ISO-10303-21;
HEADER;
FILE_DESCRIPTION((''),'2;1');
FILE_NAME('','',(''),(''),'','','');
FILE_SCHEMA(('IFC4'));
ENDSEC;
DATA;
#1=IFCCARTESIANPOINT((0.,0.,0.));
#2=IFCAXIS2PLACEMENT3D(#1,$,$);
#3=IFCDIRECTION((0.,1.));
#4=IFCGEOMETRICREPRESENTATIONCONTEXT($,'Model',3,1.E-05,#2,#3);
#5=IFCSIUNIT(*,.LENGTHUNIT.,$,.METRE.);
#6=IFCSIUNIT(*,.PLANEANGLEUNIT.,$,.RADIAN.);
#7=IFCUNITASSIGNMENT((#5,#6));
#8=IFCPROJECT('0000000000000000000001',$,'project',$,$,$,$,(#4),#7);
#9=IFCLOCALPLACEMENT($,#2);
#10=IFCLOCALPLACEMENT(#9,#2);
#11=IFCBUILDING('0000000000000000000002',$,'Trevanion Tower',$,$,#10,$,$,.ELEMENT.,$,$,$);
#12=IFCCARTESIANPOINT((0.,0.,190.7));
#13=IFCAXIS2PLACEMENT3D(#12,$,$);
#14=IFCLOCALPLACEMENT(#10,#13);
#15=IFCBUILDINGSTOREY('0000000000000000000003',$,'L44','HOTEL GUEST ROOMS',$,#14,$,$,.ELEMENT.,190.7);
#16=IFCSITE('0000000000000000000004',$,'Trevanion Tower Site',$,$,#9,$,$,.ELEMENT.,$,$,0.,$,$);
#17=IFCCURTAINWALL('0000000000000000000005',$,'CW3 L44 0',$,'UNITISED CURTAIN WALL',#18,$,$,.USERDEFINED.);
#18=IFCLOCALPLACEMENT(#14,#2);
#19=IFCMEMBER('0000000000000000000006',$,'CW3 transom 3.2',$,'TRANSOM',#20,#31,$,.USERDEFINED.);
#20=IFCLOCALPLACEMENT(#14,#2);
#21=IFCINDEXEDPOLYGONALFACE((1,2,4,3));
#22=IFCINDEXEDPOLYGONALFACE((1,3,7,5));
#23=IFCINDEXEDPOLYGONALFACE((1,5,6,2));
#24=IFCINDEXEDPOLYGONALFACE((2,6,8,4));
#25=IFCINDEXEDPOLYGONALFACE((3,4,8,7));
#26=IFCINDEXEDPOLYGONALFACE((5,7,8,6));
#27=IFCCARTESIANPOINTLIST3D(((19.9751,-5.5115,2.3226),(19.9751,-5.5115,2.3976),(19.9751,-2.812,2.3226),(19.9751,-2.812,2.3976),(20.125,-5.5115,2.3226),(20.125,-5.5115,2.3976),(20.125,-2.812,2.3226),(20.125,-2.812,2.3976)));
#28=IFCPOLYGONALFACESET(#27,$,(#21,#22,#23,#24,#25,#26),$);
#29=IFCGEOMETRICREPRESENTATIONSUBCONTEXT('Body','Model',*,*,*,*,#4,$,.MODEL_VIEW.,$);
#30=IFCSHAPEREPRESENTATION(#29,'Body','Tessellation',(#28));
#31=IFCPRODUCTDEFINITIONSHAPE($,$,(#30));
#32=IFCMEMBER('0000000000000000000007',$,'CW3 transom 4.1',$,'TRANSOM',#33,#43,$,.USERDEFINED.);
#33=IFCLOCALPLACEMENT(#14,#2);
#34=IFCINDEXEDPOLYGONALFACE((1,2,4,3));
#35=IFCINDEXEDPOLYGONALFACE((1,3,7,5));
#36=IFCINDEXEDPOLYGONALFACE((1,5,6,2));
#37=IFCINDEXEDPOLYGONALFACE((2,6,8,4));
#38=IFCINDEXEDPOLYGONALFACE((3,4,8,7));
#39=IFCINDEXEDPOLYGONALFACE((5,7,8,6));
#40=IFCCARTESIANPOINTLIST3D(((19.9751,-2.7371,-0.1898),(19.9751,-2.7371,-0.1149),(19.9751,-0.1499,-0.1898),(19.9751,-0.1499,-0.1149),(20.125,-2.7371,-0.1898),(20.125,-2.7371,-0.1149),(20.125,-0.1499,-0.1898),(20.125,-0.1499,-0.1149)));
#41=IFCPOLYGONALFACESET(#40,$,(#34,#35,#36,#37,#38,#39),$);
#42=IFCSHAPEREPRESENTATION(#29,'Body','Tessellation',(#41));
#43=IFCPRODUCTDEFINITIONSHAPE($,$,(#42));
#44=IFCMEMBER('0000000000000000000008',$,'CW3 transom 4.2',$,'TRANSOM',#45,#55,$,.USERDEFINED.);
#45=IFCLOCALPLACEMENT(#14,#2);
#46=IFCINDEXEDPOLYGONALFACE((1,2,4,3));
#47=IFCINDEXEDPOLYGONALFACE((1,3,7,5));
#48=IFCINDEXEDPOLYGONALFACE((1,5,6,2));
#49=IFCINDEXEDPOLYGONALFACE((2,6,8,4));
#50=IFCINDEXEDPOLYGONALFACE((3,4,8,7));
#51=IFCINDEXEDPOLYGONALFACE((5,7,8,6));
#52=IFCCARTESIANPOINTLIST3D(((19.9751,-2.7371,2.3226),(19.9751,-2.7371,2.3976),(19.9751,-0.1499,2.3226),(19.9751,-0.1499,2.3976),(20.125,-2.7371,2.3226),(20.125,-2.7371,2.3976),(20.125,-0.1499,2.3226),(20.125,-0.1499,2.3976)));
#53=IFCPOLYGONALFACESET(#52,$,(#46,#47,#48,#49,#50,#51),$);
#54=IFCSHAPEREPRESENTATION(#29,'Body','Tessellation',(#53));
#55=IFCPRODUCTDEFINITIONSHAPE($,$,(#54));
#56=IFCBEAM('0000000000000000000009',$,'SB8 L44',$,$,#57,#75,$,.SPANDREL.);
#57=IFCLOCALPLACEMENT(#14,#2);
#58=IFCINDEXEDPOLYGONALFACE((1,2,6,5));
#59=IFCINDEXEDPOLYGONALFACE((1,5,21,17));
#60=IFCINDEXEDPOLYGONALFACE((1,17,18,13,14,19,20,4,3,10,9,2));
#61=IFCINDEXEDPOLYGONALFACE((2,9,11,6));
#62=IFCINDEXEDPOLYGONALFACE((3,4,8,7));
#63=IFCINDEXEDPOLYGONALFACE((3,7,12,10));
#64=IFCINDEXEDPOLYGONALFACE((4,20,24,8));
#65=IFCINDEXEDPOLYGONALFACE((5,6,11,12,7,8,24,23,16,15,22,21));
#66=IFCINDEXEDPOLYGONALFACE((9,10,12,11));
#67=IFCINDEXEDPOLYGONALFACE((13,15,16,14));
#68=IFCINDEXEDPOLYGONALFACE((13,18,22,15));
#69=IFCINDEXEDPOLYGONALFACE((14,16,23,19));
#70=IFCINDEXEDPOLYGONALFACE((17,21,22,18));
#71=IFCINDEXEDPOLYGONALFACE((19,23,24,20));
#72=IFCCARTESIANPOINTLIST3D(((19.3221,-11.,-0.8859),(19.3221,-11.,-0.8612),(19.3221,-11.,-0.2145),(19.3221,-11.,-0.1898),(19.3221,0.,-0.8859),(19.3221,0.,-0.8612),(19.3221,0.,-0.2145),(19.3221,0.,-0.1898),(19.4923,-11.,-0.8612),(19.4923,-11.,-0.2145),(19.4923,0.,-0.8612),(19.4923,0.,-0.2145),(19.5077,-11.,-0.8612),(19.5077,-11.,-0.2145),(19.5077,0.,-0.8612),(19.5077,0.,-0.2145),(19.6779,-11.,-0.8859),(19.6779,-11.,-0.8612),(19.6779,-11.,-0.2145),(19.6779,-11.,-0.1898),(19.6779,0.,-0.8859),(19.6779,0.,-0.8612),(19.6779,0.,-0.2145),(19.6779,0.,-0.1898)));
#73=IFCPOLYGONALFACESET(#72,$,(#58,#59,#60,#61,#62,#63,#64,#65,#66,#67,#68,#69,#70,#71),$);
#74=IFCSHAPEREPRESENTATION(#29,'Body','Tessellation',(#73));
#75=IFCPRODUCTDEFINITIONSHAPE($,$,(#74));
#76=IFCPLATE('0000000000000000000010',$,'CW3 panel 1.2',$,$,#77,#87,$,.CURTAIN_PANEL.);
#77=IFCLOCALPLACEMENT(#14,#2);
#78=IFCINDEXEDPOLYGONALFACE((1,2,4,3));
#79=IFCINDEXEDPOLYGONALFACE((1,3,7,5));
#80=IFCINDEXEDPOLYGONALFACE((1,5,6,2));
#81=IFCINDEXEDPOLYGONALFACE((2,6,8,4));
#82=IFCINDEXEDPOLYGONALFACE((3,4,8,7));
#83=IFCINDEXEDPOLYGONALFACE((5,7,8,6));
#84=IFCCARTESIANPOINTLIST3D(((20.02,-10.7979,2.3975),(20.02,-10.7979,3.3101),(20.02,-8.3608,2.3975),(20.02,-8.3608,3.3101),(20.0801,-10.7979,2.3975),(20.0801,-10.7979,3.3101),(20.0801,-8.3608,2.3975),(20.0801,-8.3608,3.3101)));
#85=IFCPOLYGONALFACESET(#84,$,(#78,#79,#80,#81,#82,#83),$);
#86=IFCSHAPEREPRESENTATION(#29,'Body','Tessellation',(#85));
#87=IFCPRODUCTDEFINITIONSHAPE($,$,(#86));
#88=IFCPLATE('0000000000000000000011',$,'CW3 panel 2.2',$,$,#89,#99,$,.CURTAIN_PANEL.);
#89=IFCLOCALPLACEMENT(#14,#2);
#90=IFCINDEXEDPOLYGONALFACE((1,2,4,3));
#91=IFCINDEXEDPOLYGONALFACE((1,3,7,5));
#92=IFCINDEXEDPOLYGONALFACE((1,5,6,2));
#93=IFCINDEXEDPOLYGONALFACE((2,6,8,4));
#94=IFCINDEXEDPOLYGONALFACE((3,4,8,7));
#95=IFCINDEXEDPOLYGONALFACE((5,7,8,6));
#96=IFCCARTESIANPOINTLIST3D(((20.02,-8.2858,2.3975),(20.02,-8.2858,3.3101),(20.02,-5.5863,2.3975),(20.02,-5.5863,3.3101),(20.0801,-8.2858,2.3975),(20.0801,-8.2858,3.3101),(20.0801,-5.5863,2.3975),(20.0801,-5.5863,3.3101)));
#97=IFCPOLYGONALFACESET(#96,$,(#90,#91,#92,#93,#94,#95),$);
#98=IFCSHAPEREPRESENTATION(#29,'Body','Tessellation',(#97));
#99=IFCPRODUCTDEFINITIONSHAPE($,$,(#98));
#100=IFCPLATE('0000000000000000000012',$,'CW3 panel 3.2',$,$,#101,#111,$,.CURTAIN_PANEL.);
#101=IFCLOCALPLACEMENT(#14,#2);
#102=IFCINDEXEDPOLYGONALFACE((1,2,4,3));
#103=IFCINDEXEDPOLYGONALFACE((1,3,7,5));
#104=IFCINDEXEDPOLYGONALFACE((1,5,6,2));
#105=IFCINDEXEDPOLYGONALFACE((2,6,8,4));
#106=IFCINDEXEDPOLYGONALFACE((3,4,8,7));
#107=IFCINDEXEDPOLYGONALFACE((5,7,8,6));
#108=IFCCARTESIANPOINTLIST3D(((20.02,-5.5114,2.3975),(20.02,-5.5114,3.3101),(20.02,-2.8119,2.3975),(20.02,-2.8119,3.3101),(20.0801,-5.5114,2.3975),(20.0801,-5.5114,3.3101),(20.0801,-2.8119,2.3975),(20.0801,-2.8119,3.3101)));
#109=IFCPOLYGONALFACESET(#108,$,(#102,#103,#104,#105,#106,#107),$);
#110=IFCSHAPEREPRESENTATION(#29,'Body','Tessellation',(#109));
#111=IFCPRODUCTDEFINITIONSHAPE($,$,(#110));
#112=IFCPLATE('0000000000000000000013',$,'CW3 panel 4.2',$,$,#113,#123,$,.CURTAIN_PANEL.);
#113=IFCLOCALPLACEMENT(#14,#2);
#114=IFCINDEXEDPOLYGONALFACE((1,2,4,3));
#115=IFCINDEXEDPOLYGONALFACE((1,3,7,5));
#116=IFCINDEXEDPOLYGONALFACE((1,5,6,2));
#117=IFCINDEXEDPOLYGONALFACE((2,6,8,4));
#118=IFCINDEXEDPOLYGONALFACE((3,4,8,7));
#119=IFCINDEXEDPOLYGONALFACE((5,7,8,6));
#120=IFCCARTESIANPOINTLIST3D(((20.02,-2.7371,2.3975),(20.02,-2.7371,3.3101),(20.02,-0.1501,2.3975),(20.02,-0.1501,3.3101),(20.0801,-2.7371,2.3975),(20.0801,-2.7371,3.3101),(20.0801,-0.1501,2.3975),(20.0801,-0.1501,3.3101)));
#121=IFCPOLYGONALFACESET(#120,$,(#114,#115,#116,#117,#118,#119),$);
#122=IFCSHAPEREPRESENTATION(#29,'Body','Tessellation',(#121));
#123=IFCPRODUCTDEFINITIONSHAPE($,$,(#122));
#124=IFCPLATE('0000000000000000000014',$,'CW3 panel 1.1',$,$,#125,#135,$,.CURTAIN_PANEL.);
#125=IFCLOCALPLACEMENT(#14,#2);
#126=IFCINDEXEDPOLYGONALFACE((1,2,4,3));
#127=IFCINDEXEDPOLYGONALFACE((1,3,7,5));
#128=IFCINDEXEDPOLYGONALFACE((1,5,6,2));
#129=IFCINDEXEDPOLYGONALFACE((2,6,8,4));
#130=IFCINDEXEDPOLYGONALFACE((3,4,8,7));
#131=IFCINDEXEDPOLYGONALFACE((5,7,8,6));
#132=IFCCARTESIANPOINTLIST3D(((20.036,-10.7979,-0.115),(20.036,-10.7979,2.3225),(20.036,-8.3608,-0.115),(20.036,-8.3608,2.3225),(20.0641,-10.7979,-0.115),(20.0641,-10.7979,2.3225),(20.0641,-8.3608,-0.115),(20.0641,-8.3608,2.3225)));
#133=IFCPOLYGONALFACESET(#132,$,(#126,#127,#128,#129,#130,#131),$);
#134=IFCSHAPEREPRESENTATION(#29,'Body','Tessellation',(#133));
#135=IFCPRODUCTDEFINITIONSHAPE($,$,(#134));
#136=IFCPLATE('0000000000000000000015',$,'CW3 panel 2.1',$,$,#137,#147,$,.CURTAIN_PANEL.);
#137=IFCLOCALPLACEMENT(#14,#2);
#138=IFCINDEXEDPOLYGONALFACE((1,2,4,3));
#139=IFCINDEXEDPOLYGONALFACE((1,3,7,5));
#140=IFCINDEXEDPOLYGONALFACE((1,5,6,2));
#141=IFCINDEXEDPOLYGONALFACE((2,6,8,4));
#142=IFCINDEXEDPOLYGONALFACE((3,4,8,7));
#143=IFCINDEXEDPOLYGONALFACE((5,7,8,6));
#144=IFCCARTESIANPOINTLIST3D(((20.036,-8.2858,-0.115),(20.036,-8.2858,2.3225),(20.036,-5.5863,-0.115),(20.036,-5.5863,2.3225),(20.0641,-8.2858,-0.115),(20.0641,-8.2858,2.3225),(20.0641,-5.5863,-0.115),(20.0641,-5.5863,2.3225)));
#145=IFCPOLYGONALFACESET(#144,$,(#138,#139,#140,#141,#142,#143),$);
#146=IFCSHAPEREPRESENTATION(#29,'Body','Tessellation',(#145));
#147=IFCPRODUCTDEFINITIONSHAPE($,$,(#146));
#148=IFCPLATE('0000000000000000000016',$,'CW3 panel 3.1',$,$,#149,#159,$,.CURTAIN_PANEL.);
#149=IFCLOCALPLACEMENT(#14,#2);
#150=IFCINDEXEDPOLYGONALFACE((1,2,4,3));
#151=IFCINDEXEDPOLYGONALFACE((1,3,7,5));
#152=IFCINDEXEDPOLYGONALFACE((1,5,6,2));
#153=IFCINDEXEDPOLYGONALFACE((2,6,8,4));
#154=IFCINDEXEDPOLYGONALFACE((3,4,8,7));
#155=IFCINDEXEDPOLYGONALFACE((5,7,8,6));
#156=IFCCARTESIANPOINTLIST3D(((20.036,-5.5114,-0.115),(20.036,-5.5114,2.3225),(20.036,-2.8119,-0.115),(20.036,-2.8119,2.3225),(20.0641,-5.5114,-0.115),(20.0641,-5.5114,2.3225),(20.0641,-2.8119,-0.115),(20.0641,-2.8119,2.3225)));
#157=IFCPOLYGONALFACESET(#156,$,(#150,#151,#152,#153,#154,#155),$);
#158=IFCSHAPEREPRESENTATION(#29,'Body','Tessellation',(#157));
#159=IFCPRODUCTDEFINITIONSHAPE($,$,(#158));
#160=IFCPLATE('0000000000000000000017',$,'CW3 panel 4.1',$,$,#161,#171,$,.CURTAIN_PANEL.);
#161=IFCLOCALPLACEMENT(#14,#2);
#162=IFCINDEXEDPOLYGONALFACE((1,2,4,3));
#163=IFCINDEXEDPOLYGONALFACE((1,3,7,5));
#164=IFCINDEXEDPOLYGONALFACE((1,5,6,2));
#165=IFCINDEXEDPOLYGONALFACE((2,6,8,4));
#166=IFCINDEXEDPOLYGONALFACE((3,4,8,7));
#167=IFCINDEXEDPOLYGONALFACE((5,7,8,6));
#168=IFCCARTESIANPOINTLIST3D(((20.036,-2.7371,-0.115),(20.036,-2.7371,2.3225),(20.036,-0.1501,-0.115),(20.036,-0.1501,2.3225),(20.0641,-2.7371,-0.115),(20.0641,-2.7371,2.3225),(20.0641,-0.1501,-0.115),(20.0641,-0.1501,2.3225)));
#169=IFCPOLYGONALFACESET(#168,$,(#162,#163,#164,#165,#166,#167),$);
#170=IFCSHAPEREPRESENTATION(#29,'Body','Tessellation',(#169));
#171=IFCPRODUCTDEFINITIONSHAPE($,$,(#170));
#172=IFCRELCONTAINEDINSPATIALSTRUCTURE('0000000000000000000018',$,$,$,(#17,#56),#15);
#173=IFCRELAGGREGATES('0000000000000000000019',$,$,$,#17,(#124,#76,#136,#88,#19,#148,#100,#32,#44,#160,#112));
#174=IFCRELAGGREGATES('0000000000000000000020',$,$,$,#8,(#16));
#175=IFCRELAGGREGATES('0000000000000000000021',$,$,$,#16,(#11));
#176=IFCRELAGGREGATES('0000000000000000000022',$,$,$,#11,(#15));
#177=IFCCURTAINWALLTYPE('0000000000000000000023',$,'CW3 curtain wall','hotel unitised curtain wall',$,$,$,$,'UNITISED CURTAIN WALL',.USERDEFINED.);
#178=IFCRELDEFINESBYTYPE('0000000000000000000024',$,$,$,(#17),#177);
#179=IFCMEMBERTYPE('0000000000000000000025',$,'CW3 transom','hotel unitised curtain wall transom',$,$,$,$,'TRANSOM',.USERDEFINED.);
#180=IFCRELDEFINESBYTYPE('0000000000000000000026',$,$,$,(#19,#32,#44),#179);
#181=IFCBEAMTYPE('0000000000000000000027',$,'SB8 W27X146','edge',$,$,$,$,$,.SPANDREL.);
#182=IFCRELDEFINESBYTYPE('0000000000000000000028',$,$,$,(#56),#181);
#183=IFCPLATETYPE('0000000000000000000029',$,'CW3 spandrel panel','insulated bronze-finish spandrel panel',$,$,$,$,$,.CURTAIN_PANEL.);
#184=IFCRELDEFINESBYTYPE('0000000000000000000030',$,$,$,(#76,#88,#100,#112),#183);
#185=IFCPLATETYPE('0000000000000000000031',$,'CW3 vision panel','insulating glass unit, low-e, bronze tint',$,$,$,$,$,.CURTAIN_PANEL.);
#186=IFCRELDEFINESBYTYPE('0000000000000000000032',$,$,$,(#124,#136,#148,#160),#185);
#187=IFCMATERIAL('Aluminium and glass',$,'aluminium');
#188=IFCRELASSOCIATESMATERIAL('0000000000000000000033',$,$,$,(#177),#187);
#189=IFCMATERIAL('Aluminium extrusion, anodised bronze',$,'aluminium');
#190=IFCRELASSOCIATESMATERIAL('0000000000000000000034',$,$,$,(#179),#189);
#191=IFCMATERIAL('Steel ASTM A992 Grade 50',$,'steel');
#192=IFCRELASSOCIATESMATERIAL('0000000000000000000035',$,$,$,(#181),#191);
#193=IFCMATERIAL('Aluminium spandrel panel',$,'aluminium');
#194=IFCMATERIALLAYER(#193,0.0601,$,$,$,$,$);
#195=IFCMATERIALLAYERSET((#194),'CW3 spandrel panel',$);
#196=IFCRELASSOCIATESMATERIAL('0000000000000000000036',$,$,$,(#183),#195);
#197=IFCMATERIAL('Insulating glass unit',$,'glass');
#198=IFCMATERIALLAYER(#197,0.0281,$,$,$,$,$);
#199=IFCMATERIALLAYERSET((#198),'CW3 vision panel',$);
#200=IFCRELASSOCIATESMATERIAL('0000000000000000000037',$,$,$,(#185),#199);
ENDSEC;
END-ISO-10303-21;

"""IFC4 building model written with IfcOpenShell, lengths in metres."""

from ifc_helpers import new_model, si_unit, direction, frame, origin, origin_2d, place, context, subcontext, project, spatial, rectangle, i_section, extrude, material, layer, layer_set, material_profile, profile_set, type_object, element, aggregate, save


model = new_model("IFC4")

# Units and contexts
model_context = context("Model", 3, precision=1e-05, world=origin(), true_north=direction((0.0, 1.0)))
body_context = subcontext(model_context, "Body", "Model", "MODEL_VIEW")
ifc_project = project(units=[si_unit("LENGTHUNIT", "METRE"), si_unit("PLANEANGLEUNIT", "RADIAN")], contexts=[model_context])

# Site, building, storey
site_placement = place(None, origin())
site = spatial("IfcSite", under=ifc_project, at=site_placement, Name="Trevanion Tower Site", CompositionType="ELEMENT", RefElevation=0.0)
building_placement = place(site_placement, origin())
building = spatial("IfcBuilding", under=site, at=building_placement, Name="Trevanion Tower", CompositionType="ELEMENT")
storey_placement = place(building_placement, frame((0.0, 0.0, 190.7)))
storey = spatial("IfcBuildingStorey", under=building, at=storey_placement, Name="L44", Description="HOTEL GUEST ROOMS", CompositionType="ELEMENT", Elevation=190.7)

# Curtain wall, members
ifc_material_1 = material(Name="Aluminium and glass", Category="aluminium")
curtain_wall_type = type_object("IfcCurtainWallType", Name="CW3 curtain wall", Description="hotel unitised curtain wall", ElementType="UNITISED CURTAIN WALL", PredefinedType="USERDEFINED", material=ifc_material_1)
curtain_wall_placement = place(storey_placement, origin())
curtain_wall = element("IfcCurtainWall", 1, at=curtain_wall_placement, inside=storey, type_object=curtain_wall_type, Name="CW3 L44 0", ObjectType="UNITISED CURTAIN WALL", PredefinedType="USERDEFINED")
ifc_material_2 = material(Name="Aluminium extrusion, anodised bronze", Category="aluminium")
ifc_material_profile_1 = material_profile(ifc_material_2, rectangle(XDim=0.1499, YDim=0.075, at=origin_2d()), Name="CW3 transom")
ifc_profile_set_1 = profile_set([ifc_material_profile_1], Name="Aluminium extrusion, anodised bronze")
member_type_1 = type_object("IfcMemberType", Name="CW3 transom", Description="hotel unitised curtain wall transom", ElementType="TRANSOM", PredefinedType="USERDEFINED", material=ifc_profile_set_1)
member_1_placement = place(storey_placement, frame((20.05, -5.5115, 2.3601), z_axis=(0.0, 1.0, 0.0), x_axis=(-1.0, 0.0, 0.0)))
member_1 = element("IfcMember", 2, at=member_1_placement, type_object=member_type_1, Name="CW3 transom 3.2", ObjectType="TRANSOM", PredefinedType="USERDEFINED", context=body_context, shape_type="SweptSolid", body=[
    extrude(rectangle(XDim=0.1499, YDim=0.075, at=origin_2d()), origin(), (0.0, 0.0, 1.0), 2.6995),
])
member_2_placement = place(storey_placement, frame((20.05, -2.7371, -0.1523), z_axis=(0.0, 1.0, 0.0), x_axis=(-1.0, 0.0, 0.0)))
member_2 = element("IfcMember", 3, at=member_2_placement, type_object=member_type_1, Name="CW3 transom 4.1", ObjectType="TRANSOM", PredefinedType="USERDEFINED", context=body_context, shape_type="SweptSolid", body=[
    extrude(rectangle(XDim=0.1499, YDim=0.075, at=origin_2d()), origin(), (0.0, 0.0, 1.0), 2.5872),
])
member_3_placement = place(storey_placement, frame((20.05, -2.7371, 2.3601), z_axis=(0.0, 1.0, 0.0), x_axis=(-1.0, 0.0, 0.0)))
member_3 = element("IfcMember", 4, at=member_3_placement, type_object=member_type_1, Name="CW3 transom 4.2", ObjectType="TRANSOM", PredefinedType="USERDEFINED", context=body_context, shape_type="SweptSolid", body=[
    extrude(rectangle(XDim=0.1499, YDim=0.075, at=origin_2d()), origin(), (0.0, 0.0, 1.0), 2.5872),
])

# Beam
ifc_material_3 = material(Name="Steel ASTM A992 Grade 50", Category="steel")
ifc_material_profile_2 = material_profile(ifc_material_3, i_section(OverallWidth=0.3557, OverallDepth=0.696, WebThickness=0.0154, FlangeThickness=0.0247, at=origin_2d()), Name="W27X146")
ifc_profile_set_2 = profile_set([ifc_material_profile_2], Name="Steel ASTM A992 Grade 50")
beam_type_1 = type_object("IfcBeamType", Name="SB8 W27X146", Description="edge", PredefinedType="SPANDREL", material=ifc_profile_set_2)
beam_placement = place(storey_placement, frame((19.5, -11.0, -0.5378), z_axis=(0.0, 1.0, 0.0), x_axis=(-1.0, 0.0, 0.0)))
element("IfcBeam", 5, at=beam_placement, inside=storey, type_object=beam_type_1, Name="SB8 L44", PredefinedType="SPANDREL", context=body_context, shape_type="SweptSolid", body=[
    extrude(i_section(OverallWidth=0.3557, OverallDepth=0.696, WebThickness=0.0154, FlangeThickness=0.0247, at=origin_2d()), origin(), (0.0, 0.0, 1.0), 11.0),
])

# Plates
ifc_material_4 = material(Name="Aluminium spandrel panel", Category="aluminium")
ifc_layer_1 = layer(ifc_material_4, 0.0601)
ifc_layer_set_1 = layer_set([ifc_layer_1], Name="CW3 spandrel panel")
plate_type_1 = type_object("IfcPlateType", Name="CW3 spandrel panel", Description="insulated bronze-finish spandrel panel", PredefinedType="CURTAIN_PANEL", material=ifc_layer_set_1)
plate_1_placement = place(storey_placement, frame((20.05, -9.5793, 2.3975), z_axis=(0.0, 0.0, 1.0), x_axis=(0.0, 1.0, 0.0)))
plate_1 = element("IfcPlate", 6, at=plate_1_placement, type_object=plate_type_1, Name="CW3 panel 1.2", PredefinedType="CURTAIN_PANEL", context=body_context, shape_type="SweptSolid", body=[
    extrude(rectangle(XDim=2.437, YDim=0.0601, at=origin_2d()), origin(), (0.0, 0.0, 1.0), 0.9126),
])
plate_2_placement = place(storey_placement, frame((20.05, -6.936, 2.3975), z_axis=(0.0, 0.0, 1.0), x_axis=(0.0, 1.0, 0.0)))
plate_2 = element("IfcPlate", 7, at=plate_2_placement, type_object=plate_type_1, Name="CW3 panel 2.2", PredefinedType="CURTAIN_PANEL", context=body_context, shape_type="SweptSolid", body=[
    extrude(rectangle(XDim=2.6995, YDim=0.0601, at=origin_2d()), origin(), (0.0, 0.0, 1.0), 0.9126),
])
plate_3_placement = place(storey_placement, frame((20.05, -4.1616, 2.3975), z_axis=(0.0, 0.0, 1.0), x_axis=(0.0, 1.0, 0.0)))
plate_3 = element("IfcPlate", 8, at=plate_3_placement, type_object=plate_type_1, Name="CW3 panel 3.2", PredefinedType="CURTAIN_PANEL", context=body_context, shape_type="SweptSolid", body=[
    extrude(rectangle(XDim=2.6995, YDim=0.0601, at=origin_2d()), origin(), (0.0, 0.0, 1.0), 0.9126),
])
plate_4_placement = place(storey_placement, frame((20.05, -1.4436, 2.3975), z_axis=(0.0, 0.0, 1.0), x_axis=(0.0, 1.0, 0.0)))
plate_4 = element("IfcPlate", 9, at=plate_4_placement, type_object=plate_type_1, Name="CW3 panel 4.2", PredefinedType="CURTAIN_PANEL", context=body_context, shape_type="SweptSolid", body=[
    extrude(rectangle(XDim=2.5869, YDim=0.0601, at=origin_2d()), origin(), (0.0, 0.0, 1.0), 0.9126),
])
ifc_material_5 = material(Name="Insulating glass unit", Category="glass")
ifc_layer_2 = layer(ifc_material_5, 0.0281)
ifc_layer_set_2 = layer_set([ifc_layer_2], Name="CW3 vision panel")
plate_type_2 = type_object("IfcPlateType", Name="CW3 vision panel", Description="insulating glass unit, low-e, bronze tint", PredefinedType="CURTAIN_PANEL", material=ifc_layer_set_2)
plate_5_placement = place(storey_placement, frame((20.05, -9.5793, -0.115), z_axis=(0.0, 0.0, 1.0), x_axis=(0.0, 1.0, 0.0)))
plate_5 = element("IfcPlate", 10, at=plate_5_placement, type_object=plate_type_2, Name="CW3 panel 1.1", PredefinedType="CURTAIN_PANEL", context=body_context, shape_type="SweptSolid", body=[
    extrude(rectangle(XDim=2.437, YDim=0.0281, at=origin_2d()), origin(), (0.0, 0.0, 1.0), 2.4375),
])
plate_6_placement = place(storey_placement, frame((20.05, -6.936, -0.115), z_axis=(0.0, 0.0, 1.0), x_axis=(0.0, 1.0, 0.0)))
plate_6 = element("IfcPlate", 11, at=plate_6_placement, type_object=plate_type_2, Name="CW3 panel 2.1", PredefinedType="CURTAIN_PANEL", context=body_context, shape_type="SweptSolid", body=[
    extrude(rectangle(XDim=2.6995, YDim=0.0281, at=origin_2d()), origin(), (0.0, 0.0, 1.0), 2.4375),
])
plate_7_placement = place(storey_placement, frame((20.05, -4.1616, -0.115), z_axis=(0.0, 0.0, 1.0), x_axis=(0.0, 1.0, 0.0)))
plate_7 = element("IfcPlate", 12, at=plate_7_placement, type_object=plate_type_2, Name="CW3 panel 3.1", PredefinedType="CURTAIN_PANEL", context=body_context, shape_type="SweptSolid", body=[
    extrude(rectangle(XDim=2.6995, YDim=0.0281, at=origin_2d()), origin(), (0.0, 0.0, 1.0), 2.4375),
])
plate_8_placement = place(storey_placement, frame((20.05, -1.4436, -0.115), z_axis=(0.0, 0.0, 1.0), x_axis=(0.0, 1.0, 0.0)))
plate_8 = element("IfcPlate", 13, at=plate_8_placement, type_object=plate_type_2, Name="CW3 panel 4.1", PredefinedType="CURTAIN_PANEL", context=body_context, shape_type="SweptSolid", body=[
    extrude(rectangle(XDim=2.5869, YDim=0.0281, at=origin_2d()), origin(), (0.0, 0.0, 1.0), 2.4375),
])
aggregate(curtain_wall, [plate_5, plate_1, plate_6, plate_2, member_1, plate_7, plate_3, member_2, member_3, plate_8, plate_4])

save(model, "model.ifc")
